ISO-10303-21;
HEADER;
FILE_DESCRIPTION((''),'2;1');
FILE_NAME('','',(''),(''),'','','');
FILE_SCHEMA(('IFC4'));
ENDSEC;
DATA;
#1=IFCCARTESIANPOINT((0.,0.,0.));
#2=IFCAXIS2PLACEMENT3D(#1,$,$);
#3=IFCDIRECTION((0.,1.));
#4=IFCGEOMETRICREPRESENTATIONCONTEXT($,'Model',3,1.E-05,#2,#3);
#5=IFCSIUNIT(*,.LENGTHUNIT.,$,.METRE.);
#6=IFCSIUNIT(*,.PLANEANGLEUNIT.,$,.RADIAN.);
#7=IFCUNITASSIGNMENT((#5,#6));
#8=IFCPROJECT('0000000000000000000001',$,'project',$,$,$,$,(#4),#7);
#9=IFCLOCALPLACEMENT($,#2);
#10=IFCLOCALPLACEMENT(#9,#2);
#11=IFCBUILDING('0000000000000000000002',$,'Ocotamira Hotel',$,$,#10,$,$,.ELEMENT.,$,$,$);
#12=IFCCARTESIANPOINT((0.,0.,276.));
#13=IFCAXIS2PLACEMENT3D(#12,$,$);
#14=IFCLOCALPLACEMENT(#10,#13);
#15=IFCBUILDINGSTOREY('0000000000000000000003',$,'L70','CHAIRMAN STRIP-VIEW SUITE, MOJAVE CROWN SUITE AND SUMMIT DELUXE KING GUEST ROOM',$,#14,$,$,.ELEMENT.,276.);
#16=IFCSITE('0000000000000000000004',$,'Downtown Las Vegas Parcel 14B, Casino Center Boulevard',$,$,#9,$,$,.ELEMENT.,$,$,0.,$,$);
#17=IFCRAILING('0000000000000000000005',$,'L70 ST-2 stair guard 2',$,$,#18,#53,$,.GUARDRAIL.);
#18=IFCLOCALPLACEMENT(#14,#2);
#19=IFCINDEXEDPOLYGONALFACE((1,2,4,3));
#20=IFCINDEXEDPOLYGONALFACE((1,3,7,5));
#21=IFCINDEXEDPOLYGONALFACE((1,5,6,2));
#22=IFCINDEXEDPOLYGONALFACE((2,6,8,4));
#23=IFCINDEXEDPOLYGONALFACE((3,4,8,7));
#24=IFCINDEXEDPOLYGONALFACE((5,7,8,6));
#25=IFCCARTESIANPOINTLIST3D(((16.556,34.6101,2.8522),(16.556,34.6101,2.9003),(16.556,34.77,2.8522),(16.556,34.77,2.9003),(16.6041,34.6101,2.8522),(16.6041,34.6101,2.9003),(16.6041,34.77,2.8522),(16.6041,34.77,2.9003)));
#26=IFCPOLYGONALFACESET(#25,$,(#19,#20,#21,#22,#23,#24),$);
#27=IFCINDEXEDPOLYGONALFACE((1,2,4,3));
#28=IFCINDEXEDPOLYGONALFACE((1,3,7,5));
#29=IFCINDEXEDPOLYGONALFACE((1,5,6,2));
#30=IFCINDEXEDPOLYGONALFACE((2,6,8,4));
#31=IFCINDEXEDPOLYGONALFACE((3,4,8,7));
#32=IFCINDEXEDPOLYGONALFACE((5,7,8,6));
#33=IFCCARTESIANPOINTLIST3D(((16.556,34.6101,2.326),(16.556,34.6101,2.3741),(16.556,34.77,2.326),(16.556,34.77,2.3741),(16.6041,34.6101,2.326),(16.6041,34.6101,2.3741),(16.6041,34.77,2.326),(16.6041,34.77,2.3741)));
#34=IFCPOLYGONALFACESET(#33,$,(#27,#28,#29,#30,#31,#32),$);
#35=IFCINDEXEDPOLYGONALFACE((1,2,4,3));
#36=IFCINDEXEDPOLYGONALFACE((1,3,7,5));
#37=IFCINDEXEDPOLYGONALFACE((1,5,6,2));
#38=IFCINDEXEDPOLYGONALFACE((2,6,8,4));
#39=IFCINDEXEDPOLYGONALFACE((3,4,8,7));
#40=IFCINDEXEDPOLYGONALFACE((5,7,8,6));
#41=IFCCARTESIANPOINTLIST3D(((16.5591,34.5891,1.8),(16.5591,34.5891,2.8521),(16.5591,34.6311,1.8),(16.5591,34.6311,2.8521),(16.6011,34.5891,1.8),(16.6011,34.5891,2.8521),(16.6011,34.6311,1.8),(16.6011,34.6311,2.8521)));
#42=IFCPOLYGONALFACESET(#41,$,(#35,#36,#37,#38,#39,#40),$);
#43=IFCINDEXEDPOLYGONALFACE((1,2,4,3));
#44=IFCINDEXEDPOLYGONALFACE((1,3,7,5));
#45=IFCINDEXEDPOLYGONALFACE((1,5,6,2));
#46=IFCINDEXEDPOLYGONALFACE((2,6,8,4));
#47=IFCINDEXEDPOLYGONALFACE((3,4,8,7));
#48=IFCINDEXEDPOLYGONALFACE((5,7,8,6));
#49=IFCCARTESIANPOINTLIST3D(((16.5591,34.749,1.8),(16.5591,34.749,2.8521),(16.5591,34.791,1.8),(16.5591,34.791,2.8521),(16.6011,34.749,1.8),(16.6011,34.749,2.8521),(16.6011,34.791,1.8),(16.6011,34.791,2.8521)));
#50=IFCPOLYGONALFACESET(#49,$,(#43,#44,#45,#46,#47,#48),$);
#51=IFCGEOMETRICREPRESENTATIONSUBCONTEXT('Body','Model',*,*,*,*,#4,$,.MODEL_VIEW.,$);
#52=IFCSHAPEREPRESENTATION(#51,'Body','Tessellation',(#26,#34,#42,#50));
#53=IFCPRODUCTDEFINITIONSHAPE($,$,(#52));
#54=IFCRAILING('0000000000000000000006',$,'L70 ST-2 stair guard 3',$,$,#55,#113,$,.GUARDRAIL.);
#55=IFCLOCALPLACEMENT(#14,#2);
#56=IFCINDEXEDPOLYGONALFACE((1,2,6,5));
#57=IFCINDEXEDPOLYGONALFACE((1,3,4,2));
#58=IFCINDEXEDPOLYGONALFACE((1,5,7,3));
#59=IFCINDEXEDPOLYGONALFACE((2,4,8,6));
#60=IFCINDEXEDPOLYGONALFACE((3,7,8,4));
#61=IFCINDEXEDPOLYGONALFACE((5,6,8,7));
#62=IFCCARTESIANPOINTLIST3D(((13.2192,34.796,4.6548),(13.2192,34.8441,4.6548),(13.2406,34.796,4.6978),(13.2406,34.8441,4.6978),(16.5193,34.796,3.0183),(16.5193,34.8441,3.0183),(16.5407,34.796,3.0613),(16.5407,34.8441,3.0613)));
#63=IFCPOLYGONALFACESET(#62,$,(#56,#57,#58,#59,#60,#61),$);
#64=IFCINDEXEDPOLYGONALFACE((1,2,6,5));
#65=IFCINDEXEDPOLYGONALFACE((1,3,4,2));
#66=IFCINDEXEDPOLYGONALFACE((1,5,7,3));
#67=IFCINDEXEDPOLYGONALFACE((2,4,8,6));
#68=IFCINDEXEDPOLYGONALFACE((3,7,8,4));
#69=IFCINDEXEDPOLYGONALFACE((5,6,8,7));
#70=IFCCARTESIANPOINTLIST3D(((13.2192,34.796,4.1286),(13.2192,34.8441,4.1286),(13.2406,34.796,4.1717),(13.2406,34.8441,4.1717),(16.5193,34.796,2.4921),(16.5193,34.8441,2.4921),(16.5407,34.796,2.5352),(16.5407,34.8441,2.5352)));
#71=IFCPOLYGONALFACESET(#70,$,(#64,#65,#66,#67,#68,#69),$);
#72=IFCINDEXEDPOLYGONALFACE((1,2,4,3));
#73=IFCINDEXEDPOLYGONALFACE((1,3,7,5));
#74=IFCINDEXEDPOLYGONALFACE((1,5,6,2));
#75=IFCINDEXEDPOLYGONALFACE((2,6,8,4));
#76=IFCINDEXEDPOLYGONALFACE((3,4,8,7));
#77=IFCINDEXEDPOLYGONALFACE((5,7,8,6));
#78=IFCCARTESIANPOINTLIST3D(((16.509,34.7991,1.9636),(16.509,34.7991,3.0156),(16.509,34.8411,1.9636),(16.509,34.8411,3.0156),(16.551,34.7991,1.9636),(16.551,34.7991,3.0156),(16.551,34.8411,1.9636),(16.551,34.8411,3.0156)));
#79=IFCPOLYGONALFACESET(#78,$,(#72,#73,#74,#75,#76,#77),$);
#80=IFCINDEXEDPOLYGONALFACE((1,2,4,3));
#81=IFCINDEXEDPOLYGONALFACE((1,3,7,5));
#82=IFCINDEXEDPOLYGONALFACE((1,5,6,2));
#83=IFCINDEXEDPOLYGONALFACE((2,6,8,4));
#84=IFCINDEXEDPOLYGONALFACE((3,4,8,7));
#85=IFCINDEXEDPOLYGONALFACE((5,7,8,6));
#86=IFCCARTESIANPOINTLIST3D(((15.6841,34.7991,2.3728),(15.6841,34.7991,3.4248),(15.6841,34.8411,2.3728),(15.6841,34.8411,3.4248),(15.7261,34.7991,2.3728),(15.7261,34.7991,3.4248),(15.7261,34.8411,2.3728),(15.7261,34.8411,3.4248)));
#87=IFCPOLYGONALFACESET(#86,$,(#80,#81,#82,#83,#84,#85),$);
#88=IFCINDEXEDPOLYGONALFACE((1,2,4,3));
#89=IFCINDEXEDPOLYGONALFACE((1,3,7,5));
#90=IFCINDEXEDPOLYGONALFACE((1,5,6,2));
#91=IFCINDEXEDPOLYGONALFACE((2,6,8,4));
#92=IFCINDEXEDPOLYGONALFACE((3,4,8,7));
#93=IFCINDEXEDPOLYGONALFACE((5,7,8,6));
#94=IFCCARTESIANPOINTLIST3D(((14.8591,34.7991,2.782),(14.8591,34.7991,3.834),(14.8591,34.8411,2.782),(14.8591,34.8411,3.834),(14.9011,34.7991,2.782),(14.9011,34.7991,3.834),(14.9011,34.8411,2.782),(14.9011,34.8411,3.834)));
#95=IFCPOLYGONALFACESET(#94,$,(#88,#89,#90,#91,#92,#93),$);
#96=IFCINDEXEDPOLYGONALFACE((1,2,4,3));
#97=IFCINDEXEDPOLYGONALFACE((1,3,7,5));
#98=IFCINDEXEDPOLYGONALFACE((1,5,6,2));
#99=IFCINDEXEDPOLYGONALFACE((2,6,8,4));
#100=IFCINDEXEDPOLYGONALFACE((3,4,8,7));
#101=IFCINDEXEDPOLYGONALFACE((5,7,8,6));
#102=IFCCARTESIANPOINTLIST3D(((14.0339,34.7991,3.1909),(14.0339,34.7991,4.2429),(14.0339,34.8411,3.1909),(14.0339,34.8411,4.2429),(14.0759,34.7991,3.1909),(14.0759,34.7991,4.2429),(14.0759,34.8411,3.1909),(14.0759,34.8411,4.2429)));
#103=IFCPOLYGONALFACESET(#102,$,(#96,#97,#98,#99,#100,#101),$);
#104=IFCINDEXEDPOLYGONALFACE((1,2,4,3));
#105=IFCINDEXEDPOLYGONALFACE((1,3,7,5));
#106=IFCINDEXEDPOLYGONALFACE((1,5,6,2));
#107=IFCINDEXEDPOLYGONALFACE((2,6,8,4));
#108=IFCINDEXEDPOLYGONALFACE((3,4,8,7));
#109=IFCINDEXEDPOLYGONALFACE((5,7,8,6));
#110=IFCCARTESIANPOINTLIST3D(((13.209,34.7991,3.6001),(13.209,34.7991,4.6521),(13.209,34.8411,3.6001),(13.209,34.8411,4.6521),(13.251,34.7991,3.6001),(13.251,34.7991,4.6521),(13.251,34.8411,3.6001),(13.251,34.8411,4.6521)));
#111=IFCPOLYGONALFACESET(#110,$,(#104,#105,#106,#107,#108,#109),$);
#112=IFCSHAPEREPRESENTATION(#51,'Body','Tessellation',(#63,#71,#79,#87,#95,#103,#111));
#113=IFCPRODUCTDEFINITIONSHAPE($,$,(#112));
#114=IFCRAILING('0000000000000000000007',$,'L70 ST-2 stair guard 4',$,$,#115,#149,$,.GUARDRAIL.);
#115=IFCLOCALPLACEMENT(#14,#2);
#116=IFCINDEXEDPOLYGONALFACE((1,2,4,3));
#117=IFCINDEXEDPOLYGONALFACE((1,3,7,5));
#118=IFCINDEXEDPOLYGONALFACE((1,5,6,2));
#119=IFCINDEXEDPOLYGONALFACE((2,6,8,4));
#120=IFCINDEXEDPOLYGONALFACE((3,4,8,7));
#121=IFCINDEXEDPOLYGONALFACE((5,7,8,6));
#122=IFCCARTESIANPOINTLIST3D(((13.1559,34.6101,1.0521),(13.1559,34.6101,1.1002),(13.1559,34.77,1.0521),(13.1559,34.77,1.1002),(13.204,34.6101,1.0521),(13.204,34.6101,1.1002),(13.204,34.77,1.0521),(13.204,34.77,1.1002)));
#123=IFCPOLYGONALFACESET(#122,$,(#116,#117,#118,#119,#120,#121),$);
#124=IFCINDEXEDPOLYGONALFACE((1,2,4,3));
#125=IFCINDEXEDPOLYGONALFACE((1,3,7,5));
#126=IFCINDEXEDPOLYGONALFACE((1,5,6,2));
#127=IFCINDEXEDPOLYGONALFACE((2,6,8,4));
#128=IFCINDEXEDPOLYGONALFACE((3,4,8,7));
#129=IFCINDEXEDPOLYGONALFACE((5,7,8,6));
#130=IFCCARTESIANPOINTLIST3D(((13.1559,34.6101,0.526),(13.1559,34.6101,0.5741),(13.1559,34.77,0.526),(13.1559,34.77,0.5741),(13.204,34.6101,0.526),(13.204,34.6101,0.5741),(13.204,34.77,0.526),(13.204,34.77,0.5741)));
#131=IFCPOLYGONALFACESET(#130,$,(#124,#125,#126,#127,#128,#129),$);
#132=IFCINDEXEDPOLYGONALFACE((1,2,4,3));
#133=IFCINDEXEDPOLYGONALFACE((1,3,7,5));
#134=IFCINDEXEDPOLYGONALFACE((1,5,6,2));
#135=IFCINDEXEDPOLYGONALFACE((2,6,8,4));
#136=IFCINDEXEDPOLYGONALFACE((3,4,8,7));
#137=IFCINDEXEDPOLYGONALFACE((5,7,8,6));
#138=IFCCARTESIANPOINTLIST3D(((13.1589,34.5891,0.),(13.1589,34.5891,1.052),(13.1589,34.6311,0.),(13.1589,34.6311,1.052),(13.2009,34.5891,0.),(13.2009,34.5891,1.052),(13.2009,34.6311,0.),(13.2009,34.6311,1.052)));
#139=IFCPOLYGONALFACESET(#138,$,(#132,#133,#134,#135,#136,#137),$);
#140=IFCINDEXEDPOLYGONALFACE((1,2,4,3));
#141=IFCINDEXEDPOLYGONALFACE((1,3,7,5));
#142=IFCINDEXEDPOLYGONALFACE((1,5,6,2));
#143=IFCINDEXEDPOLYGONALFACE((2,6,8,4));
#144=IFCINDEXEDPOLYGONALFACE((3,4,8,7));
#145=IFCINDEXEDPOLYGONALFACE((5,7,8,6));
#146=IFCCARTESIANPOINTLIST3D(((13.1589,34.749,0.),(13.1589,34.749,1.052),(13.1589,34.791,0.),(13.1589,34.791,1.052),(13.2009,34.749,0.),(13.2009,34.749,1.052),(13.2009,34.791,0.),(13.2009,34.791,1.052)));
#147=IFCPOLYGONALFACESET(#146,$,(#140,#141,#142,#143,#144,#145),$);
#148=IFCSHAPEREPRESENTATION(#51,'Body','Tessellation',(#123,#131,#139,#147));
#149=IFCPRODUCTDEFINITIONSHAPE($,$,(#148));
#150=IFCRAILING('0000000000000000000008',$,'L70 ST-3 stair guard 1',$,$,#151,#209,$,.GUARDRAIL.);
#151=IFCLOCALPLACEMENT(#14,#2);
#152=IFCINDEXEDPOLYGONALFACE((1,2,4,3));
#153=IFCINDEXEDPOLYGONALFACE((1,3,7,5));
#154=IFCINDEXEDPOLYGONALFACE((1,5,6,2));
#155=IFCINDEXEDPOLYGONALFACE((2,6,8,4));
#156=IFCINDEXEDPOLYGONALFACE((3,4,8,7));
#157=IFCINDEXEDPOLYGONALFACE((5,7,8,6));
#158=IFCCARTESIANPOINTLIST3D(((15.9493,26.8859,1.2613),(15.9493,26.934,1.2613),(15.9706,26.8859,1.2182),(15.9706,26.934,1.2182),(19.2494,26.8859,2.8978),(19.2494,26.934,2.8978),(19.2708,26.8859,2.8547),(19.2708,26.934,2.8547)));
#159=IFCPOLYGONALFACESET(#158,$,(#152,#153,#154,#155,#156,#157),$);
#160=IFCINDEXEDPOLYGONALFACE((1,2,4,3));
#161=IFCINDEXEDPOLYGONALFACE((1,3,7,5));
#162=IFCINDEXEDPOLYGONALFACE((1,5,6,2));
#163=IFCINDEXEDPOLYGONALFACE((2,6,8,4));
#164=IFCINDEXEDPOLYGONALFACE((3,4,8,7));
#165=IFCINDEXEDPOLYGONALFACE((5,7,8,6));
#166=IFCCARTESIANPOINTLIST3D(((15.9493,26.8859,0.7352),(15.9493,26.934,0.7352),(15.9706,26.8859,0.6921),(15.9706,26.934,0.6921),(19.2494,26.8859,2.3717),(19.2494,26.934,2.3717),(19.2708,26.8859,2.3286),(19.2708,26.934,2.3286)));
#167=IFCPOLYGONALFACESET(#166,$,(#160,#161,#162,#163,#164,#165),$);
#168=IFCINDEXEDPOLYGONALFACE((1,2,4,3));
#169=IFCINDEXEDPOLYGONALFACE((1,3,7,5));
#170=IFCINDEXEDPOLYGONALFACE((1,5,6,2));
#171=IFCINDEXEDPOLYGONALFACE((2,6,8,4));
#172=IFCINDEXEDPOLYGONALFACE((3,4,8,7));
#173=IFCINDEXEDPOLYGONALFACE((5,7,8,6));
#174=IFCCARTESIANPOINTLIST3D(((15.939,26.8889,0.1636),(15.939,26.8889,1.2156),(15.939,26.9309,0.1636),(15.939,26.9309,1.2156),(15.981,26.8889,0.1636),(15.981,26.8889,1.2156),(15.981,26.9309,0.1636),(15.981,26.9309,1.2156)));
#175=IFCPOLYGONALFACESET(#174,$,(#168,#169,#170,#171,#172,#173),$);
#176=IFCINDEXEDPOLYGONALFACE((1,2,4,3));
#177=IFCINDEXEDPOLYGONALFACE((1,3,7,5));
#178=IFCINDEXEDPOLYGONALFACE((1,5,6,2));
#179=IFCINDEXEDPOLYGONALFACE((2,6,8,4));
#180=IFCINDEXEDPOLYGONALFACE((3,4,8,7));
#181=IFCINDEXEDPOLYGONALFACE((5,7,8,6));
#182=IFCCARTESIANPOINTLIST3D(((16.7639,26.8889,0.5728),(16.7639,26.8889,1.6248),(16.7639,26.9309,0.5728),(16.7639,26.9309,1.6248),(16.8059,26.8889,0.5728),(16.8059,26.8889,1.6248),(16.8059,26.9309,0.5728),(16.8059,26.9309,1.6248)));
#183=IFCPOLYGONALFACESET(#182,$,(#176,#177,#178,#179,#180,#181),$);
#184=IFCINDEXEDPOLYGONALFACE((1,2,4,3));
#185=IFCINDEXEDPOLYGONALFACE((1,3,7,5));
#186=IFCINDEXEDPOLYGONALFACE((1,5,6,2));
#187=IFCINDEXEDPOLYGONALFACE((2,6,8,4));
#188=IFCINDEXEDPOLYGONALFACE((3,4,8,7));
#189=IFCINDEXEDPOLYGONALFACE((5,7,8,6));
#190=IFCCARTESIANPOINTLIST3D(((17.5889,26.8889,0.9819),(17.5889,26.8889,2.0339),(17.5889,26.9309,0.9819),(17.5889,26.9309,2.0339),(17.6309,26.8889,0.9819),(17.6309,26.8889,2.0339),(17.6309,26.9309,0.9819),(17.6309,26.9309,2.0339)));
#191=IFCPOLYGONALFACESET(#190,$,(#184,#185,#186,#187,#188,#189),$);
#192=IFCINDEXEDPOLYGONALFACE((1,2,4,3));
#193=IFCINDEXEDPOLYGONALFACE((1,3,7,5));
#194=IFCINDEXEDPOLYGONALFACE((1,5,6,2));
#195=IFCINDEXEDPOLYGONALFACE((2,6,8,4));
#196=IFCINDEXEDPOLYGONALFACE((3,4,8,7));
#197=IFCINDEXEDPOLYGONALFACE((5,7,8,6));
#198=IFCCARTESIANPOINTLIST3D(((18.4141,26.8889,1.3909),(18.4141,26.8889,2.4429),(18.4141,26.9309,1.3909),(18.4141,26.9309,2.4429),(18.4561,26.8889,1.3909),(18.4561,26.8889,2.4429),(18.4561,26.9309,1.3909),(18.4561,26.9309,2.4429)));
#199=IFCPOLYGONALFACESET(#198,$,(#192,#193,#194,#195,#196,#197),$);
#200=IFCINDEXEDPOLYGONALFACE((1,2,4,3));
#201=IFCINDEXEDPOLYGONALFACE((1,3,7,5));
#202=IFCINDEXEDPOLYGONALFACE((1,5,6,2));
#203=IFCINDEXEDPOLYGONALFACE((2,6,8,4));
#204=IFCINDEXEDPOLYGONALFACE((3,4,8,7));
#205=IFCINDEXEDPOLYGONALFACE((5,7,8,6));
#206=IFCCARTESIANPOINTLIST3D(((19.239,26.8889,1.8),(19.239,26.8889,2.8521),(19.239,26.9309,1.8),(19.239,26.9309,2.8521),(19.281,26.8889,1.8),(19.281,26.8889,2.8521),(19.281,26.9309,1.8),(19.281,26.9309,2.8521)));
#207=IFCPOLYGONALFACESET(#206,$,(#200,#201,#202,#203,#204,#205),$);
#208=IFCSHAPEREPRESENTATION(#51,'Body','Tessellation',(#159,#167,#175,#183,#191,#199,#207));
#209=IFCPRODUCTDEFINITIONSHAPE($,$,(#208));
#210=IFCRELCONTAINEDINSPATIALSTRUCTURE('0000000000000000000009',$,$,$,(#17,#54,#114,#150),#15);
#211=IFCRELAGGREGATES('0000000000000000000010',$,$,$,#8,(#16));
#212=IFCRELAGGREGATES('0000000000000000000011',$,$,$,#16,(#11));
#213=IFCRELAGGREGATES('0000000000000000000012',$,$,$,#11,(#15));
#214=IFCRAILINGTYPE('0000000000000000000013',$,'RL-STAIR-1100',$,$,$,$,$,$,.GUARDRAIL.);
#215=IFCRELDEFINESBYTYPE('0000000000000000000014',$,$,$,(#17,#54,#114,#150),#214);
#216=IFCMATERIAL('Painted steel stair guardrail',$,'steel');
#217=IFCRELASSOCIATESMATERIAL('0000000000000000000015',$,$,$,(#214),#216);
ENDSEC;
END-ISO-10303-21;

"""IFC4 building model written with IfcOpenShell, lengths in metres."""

from ifc_helpers import new_model, si_unit, direction, frame, origin, origin_2d, place, context, subcontext, project, spatial, rectangle, extrude, material, type_object, element, save


model = new_model("IFC4")

# Units and contexts
model_context = context("Model", 3, precision=1e-05, world=origin(), true_north=direction((0.0, 1.0)))
body_context = subcontext(model_context, "Body", "Model", "MODEL_VIEW")
ifc_project = project(units=[si_unit("LENGTHUNIT", "METRE"), si_unit("PLANEANGLEUNIT", "RADIAN")], contexts=[model_context])

# Site, building, storey
site_placement = place(None, origin())
site = spatial("IfcSite", under=ifc_project, at=site_placement, Name="Downtown Las Vegas Parcel 14B, Casino Center Boulevard", CompositionType="ELEMENT", RefElevation=0.0)
building_placement = place(site_placement, origin())
building = spatial("IfcBuilding", under=site, at=building_placement, Name="Ocotamira Hotel", CompositionType="ELEMENT")
storey_placement = place(building_placement, frame((0.0, 0.0, 276.0)))
storey = spatial("IfcBuildingStorey", under=building, at=storey_placement, Name="L70", Description="CHAIRMAN STRIP-VIEW SUITE, MOJAVE CROWN SUITE AND SUMMIT DELUXE KING GUEST ROOM", CompositionType="ELEMENT", Elevation=276.0)

# Railings
ifc_material_1 = material(Name="Painted steel stair guardrail", Category="steel")
railing_type_1 = type_object("IfcRailingType", Name="RL-STAIR-1100", PredefinedType="GUARDRAIL", material=ifc_material_1)
railing_1_placement = place(storey_placement, frame((16.5801, 34.6101, 1.8)))
element("IfcRailing", 1, at=railing_1_placement, inside=storey, type_object=railing_type_1, Name="L70 ST-2 stair guard 2", PredefinedType="GUARDRAIL", context=body_context, shape_type="SweptSolid", body=[
    extrude(rectangle(XDim=0.0481, YDim=0.0481, at=origin_2d()), frame((0.0, 0.0, 1.0762), z_axis=(0.0, 1.0, 0.0), x_axis=(-1.0, 0.0, 0.0)), (0.0, 0.0, 1.0), 0.1599),
    extrude(rectangle(XDim=0.0481, YDim=0.0481, at=origin_2d()), frame((0.0, 0.0, 0.55), z_axis=(0.0, 1.0, 0.0), x_axis=(-1.0, 0.0, 0.0)), (0.0, 0.0, 1.0), 0.1599),
    extrude(rectangle(XDim=0.042, YDim=0.042, at=origin_2d()), origin(), (0.0, 0.0, 1.0), 1.052),
    extrude(rectangle(XDim=0.042, YDim=0.042, at=origin_2d()), frame((0.0, 0.1599, 0.0)), (0.0, 0.0, 1.0), 1.052),
])
railing_2_placement = place(storey_placement, frame((16.53, 34.8201, 1.9636)))
element("IfcRailing", 2, at=railing_2_placement, inside=storey, type_object=railing_type_1, Name="L70 ST-2 stair guard 3", PredefinedType="GUARDRAIL", context=body_context, shape_type="SweptSolid", body=[
    extrude(rectangle(XDim=0.0481, YDim=0.0481, at=origin_2d()), frame((0.0, 0.0, 1.0762), z_axis=(-0.895894, 0.0, 0.444268), x_axis=(0.0, -1.0, 0.0)), (0.0, 0.0, 1.0), 3.6836),
    extrude(rectangle(XDim=0.0481, YDim=0.0481, at=origin_2d()), frame((0.0, 0.0, 0.55), z_axis=(-0.895894, 0.0, 0.444268), x_axis=(0.0, -1.0, 0.0)), (0.0, 0.0, 1.0), 3.6836),
    extrude(rectangle(XDim=0.042, YDim=0.042, at=origin_2d()), origin(), (0.0, 0.0, 1.0), 1.052),
    extrude(rectangle(XDim=0.042, YDim=0.042, at=origin_2d()), frame((-0.825, 0.0, 0.4092)), (0.0, 0.0, 1.0), 1.052),
    extrude(rectangle(XDim=0.042, YDim=0.042, at=origin_2d()), frame((-1.6499, 0.0, 0.8184)), (0.0, 0.0, 1.0), 1.052),
    extrude(rectangle(XDim=0.042, YDim=0.042, at=origin_2d()), frame((-2.4751, 0.0, 1.2273)), (0.0, 0.0, 1.0), 1.052),
    extrude(rectangle(XDim=0.042, YDim=0.042, at=origin_2d()), frame((-3.3, 0.0, 1.6365)), (0.0, 0.0, 1.0), 1.052),
])
railing_3_placement = place(storey_placement, frame((13.1799, 34.6101, 0.0)))
element("IfcRailing", 3, at=railing_3_placement, inside=storey, type_object=railing_type_1, Name="L70 ST-2 stair guard 4", PredefinedType="GUARDRAIL", context=body_context, shape_type="SweptSolid", body=[
    extrude(rectangle(XDim=0.0481, YDim=0.0481, at=origin_2d()), frame((0.0, 0.0, 1.0762), z_axis=(0.0, 1.0, 0.0), x_axis=(-1.0, 0.0, 0.0)), (0.0, 0.0, 1.0), 0.1599),
    extrude(rectangle(XDim=0.0481, YDim=0.0481, at=origin_2d()), frame((0.0, 0.0, 0.55), z_axis=(0.0, 1.0, 0.0), x_axis=(-1.0, 0.0, 0.0)), (0.0, 0.0, 1.0), 0.1599),
    extrude(rectangle(XDim=0.042, YDim=0.042, at=origin_2d()), origin(), (0.0, 0.0, 1.0), 1.052),
    extrude(rectangle(XDim=0.042, YDim=0.042, at=origin_2d()), frame((0.0, 0.1599, 0.0)), (0.0, 0.0, 1.0), 1.052),
])
railing_4_placement = place(storey_placement, frame((15.96, 26.9099, 0.1636)))
element("IfcRailing", 4, at=railing_4_placement, inside=storey, type_object=railing_type_1, Name="L70 ST-3 stair guard 1", PredefinedType="GUARDRAIL", context=body_context, shape_type="SweptSolid", body=[
    extrude(rectangle(XDim=0.0481, YDim=0.0481, at=origin_2d()), frame((0.0, 0.0, 1.0762), z_axis=(0.895894, 0.0, 0.444268), x_axis=(0.0, 1.0, 0.0)), (0.0, 0.0, 1.0), 3.6836),
    extrude(rectangle(XDim=0.0481, YDim=0.0481, at=origin_2d()), frame((0.0, 0.0, 0.55), z_axis=(0.895894, 0.0, 0.444268), x_axis=(0.0, 1.0, 0.0)), (0.0, 0.0, 1.0), 3.6836),
    extrude(rectangle(XDim=0.042, YDim=0.042, at=origin_2d()), origin(), (0.0, 0.0, 1.0), 1.052),
    extrude(rectangle(XDim=0.042, YDim=0.042, at=origin_2d()), frame((0.825, 0.0, 0.4092)), (0.0, 0.0, 1.0), 1.052),
    extrude(rectangle(XDim=0.042, YDim=0.042, at=origin_2d()), frame((1.6499, 0.0, 0.8184)), (0.0, 0.0, 1.0), 1.052),
    extrude(rectangle(XDim=0.042, YDim=0.042, at=origin_2d()), frame((2.4751, 0.0, 1.2273)), (0.0, 0.0, 1.0), 1.052),
    extrude(rectangle(XDim=0.042, YDim=0.042, at=origin_2d()), frame((3.3, 0.0, 1.6365)), (0.0, 0.0, 1.0), 1.052),
])

save(model, "model.ifc")
